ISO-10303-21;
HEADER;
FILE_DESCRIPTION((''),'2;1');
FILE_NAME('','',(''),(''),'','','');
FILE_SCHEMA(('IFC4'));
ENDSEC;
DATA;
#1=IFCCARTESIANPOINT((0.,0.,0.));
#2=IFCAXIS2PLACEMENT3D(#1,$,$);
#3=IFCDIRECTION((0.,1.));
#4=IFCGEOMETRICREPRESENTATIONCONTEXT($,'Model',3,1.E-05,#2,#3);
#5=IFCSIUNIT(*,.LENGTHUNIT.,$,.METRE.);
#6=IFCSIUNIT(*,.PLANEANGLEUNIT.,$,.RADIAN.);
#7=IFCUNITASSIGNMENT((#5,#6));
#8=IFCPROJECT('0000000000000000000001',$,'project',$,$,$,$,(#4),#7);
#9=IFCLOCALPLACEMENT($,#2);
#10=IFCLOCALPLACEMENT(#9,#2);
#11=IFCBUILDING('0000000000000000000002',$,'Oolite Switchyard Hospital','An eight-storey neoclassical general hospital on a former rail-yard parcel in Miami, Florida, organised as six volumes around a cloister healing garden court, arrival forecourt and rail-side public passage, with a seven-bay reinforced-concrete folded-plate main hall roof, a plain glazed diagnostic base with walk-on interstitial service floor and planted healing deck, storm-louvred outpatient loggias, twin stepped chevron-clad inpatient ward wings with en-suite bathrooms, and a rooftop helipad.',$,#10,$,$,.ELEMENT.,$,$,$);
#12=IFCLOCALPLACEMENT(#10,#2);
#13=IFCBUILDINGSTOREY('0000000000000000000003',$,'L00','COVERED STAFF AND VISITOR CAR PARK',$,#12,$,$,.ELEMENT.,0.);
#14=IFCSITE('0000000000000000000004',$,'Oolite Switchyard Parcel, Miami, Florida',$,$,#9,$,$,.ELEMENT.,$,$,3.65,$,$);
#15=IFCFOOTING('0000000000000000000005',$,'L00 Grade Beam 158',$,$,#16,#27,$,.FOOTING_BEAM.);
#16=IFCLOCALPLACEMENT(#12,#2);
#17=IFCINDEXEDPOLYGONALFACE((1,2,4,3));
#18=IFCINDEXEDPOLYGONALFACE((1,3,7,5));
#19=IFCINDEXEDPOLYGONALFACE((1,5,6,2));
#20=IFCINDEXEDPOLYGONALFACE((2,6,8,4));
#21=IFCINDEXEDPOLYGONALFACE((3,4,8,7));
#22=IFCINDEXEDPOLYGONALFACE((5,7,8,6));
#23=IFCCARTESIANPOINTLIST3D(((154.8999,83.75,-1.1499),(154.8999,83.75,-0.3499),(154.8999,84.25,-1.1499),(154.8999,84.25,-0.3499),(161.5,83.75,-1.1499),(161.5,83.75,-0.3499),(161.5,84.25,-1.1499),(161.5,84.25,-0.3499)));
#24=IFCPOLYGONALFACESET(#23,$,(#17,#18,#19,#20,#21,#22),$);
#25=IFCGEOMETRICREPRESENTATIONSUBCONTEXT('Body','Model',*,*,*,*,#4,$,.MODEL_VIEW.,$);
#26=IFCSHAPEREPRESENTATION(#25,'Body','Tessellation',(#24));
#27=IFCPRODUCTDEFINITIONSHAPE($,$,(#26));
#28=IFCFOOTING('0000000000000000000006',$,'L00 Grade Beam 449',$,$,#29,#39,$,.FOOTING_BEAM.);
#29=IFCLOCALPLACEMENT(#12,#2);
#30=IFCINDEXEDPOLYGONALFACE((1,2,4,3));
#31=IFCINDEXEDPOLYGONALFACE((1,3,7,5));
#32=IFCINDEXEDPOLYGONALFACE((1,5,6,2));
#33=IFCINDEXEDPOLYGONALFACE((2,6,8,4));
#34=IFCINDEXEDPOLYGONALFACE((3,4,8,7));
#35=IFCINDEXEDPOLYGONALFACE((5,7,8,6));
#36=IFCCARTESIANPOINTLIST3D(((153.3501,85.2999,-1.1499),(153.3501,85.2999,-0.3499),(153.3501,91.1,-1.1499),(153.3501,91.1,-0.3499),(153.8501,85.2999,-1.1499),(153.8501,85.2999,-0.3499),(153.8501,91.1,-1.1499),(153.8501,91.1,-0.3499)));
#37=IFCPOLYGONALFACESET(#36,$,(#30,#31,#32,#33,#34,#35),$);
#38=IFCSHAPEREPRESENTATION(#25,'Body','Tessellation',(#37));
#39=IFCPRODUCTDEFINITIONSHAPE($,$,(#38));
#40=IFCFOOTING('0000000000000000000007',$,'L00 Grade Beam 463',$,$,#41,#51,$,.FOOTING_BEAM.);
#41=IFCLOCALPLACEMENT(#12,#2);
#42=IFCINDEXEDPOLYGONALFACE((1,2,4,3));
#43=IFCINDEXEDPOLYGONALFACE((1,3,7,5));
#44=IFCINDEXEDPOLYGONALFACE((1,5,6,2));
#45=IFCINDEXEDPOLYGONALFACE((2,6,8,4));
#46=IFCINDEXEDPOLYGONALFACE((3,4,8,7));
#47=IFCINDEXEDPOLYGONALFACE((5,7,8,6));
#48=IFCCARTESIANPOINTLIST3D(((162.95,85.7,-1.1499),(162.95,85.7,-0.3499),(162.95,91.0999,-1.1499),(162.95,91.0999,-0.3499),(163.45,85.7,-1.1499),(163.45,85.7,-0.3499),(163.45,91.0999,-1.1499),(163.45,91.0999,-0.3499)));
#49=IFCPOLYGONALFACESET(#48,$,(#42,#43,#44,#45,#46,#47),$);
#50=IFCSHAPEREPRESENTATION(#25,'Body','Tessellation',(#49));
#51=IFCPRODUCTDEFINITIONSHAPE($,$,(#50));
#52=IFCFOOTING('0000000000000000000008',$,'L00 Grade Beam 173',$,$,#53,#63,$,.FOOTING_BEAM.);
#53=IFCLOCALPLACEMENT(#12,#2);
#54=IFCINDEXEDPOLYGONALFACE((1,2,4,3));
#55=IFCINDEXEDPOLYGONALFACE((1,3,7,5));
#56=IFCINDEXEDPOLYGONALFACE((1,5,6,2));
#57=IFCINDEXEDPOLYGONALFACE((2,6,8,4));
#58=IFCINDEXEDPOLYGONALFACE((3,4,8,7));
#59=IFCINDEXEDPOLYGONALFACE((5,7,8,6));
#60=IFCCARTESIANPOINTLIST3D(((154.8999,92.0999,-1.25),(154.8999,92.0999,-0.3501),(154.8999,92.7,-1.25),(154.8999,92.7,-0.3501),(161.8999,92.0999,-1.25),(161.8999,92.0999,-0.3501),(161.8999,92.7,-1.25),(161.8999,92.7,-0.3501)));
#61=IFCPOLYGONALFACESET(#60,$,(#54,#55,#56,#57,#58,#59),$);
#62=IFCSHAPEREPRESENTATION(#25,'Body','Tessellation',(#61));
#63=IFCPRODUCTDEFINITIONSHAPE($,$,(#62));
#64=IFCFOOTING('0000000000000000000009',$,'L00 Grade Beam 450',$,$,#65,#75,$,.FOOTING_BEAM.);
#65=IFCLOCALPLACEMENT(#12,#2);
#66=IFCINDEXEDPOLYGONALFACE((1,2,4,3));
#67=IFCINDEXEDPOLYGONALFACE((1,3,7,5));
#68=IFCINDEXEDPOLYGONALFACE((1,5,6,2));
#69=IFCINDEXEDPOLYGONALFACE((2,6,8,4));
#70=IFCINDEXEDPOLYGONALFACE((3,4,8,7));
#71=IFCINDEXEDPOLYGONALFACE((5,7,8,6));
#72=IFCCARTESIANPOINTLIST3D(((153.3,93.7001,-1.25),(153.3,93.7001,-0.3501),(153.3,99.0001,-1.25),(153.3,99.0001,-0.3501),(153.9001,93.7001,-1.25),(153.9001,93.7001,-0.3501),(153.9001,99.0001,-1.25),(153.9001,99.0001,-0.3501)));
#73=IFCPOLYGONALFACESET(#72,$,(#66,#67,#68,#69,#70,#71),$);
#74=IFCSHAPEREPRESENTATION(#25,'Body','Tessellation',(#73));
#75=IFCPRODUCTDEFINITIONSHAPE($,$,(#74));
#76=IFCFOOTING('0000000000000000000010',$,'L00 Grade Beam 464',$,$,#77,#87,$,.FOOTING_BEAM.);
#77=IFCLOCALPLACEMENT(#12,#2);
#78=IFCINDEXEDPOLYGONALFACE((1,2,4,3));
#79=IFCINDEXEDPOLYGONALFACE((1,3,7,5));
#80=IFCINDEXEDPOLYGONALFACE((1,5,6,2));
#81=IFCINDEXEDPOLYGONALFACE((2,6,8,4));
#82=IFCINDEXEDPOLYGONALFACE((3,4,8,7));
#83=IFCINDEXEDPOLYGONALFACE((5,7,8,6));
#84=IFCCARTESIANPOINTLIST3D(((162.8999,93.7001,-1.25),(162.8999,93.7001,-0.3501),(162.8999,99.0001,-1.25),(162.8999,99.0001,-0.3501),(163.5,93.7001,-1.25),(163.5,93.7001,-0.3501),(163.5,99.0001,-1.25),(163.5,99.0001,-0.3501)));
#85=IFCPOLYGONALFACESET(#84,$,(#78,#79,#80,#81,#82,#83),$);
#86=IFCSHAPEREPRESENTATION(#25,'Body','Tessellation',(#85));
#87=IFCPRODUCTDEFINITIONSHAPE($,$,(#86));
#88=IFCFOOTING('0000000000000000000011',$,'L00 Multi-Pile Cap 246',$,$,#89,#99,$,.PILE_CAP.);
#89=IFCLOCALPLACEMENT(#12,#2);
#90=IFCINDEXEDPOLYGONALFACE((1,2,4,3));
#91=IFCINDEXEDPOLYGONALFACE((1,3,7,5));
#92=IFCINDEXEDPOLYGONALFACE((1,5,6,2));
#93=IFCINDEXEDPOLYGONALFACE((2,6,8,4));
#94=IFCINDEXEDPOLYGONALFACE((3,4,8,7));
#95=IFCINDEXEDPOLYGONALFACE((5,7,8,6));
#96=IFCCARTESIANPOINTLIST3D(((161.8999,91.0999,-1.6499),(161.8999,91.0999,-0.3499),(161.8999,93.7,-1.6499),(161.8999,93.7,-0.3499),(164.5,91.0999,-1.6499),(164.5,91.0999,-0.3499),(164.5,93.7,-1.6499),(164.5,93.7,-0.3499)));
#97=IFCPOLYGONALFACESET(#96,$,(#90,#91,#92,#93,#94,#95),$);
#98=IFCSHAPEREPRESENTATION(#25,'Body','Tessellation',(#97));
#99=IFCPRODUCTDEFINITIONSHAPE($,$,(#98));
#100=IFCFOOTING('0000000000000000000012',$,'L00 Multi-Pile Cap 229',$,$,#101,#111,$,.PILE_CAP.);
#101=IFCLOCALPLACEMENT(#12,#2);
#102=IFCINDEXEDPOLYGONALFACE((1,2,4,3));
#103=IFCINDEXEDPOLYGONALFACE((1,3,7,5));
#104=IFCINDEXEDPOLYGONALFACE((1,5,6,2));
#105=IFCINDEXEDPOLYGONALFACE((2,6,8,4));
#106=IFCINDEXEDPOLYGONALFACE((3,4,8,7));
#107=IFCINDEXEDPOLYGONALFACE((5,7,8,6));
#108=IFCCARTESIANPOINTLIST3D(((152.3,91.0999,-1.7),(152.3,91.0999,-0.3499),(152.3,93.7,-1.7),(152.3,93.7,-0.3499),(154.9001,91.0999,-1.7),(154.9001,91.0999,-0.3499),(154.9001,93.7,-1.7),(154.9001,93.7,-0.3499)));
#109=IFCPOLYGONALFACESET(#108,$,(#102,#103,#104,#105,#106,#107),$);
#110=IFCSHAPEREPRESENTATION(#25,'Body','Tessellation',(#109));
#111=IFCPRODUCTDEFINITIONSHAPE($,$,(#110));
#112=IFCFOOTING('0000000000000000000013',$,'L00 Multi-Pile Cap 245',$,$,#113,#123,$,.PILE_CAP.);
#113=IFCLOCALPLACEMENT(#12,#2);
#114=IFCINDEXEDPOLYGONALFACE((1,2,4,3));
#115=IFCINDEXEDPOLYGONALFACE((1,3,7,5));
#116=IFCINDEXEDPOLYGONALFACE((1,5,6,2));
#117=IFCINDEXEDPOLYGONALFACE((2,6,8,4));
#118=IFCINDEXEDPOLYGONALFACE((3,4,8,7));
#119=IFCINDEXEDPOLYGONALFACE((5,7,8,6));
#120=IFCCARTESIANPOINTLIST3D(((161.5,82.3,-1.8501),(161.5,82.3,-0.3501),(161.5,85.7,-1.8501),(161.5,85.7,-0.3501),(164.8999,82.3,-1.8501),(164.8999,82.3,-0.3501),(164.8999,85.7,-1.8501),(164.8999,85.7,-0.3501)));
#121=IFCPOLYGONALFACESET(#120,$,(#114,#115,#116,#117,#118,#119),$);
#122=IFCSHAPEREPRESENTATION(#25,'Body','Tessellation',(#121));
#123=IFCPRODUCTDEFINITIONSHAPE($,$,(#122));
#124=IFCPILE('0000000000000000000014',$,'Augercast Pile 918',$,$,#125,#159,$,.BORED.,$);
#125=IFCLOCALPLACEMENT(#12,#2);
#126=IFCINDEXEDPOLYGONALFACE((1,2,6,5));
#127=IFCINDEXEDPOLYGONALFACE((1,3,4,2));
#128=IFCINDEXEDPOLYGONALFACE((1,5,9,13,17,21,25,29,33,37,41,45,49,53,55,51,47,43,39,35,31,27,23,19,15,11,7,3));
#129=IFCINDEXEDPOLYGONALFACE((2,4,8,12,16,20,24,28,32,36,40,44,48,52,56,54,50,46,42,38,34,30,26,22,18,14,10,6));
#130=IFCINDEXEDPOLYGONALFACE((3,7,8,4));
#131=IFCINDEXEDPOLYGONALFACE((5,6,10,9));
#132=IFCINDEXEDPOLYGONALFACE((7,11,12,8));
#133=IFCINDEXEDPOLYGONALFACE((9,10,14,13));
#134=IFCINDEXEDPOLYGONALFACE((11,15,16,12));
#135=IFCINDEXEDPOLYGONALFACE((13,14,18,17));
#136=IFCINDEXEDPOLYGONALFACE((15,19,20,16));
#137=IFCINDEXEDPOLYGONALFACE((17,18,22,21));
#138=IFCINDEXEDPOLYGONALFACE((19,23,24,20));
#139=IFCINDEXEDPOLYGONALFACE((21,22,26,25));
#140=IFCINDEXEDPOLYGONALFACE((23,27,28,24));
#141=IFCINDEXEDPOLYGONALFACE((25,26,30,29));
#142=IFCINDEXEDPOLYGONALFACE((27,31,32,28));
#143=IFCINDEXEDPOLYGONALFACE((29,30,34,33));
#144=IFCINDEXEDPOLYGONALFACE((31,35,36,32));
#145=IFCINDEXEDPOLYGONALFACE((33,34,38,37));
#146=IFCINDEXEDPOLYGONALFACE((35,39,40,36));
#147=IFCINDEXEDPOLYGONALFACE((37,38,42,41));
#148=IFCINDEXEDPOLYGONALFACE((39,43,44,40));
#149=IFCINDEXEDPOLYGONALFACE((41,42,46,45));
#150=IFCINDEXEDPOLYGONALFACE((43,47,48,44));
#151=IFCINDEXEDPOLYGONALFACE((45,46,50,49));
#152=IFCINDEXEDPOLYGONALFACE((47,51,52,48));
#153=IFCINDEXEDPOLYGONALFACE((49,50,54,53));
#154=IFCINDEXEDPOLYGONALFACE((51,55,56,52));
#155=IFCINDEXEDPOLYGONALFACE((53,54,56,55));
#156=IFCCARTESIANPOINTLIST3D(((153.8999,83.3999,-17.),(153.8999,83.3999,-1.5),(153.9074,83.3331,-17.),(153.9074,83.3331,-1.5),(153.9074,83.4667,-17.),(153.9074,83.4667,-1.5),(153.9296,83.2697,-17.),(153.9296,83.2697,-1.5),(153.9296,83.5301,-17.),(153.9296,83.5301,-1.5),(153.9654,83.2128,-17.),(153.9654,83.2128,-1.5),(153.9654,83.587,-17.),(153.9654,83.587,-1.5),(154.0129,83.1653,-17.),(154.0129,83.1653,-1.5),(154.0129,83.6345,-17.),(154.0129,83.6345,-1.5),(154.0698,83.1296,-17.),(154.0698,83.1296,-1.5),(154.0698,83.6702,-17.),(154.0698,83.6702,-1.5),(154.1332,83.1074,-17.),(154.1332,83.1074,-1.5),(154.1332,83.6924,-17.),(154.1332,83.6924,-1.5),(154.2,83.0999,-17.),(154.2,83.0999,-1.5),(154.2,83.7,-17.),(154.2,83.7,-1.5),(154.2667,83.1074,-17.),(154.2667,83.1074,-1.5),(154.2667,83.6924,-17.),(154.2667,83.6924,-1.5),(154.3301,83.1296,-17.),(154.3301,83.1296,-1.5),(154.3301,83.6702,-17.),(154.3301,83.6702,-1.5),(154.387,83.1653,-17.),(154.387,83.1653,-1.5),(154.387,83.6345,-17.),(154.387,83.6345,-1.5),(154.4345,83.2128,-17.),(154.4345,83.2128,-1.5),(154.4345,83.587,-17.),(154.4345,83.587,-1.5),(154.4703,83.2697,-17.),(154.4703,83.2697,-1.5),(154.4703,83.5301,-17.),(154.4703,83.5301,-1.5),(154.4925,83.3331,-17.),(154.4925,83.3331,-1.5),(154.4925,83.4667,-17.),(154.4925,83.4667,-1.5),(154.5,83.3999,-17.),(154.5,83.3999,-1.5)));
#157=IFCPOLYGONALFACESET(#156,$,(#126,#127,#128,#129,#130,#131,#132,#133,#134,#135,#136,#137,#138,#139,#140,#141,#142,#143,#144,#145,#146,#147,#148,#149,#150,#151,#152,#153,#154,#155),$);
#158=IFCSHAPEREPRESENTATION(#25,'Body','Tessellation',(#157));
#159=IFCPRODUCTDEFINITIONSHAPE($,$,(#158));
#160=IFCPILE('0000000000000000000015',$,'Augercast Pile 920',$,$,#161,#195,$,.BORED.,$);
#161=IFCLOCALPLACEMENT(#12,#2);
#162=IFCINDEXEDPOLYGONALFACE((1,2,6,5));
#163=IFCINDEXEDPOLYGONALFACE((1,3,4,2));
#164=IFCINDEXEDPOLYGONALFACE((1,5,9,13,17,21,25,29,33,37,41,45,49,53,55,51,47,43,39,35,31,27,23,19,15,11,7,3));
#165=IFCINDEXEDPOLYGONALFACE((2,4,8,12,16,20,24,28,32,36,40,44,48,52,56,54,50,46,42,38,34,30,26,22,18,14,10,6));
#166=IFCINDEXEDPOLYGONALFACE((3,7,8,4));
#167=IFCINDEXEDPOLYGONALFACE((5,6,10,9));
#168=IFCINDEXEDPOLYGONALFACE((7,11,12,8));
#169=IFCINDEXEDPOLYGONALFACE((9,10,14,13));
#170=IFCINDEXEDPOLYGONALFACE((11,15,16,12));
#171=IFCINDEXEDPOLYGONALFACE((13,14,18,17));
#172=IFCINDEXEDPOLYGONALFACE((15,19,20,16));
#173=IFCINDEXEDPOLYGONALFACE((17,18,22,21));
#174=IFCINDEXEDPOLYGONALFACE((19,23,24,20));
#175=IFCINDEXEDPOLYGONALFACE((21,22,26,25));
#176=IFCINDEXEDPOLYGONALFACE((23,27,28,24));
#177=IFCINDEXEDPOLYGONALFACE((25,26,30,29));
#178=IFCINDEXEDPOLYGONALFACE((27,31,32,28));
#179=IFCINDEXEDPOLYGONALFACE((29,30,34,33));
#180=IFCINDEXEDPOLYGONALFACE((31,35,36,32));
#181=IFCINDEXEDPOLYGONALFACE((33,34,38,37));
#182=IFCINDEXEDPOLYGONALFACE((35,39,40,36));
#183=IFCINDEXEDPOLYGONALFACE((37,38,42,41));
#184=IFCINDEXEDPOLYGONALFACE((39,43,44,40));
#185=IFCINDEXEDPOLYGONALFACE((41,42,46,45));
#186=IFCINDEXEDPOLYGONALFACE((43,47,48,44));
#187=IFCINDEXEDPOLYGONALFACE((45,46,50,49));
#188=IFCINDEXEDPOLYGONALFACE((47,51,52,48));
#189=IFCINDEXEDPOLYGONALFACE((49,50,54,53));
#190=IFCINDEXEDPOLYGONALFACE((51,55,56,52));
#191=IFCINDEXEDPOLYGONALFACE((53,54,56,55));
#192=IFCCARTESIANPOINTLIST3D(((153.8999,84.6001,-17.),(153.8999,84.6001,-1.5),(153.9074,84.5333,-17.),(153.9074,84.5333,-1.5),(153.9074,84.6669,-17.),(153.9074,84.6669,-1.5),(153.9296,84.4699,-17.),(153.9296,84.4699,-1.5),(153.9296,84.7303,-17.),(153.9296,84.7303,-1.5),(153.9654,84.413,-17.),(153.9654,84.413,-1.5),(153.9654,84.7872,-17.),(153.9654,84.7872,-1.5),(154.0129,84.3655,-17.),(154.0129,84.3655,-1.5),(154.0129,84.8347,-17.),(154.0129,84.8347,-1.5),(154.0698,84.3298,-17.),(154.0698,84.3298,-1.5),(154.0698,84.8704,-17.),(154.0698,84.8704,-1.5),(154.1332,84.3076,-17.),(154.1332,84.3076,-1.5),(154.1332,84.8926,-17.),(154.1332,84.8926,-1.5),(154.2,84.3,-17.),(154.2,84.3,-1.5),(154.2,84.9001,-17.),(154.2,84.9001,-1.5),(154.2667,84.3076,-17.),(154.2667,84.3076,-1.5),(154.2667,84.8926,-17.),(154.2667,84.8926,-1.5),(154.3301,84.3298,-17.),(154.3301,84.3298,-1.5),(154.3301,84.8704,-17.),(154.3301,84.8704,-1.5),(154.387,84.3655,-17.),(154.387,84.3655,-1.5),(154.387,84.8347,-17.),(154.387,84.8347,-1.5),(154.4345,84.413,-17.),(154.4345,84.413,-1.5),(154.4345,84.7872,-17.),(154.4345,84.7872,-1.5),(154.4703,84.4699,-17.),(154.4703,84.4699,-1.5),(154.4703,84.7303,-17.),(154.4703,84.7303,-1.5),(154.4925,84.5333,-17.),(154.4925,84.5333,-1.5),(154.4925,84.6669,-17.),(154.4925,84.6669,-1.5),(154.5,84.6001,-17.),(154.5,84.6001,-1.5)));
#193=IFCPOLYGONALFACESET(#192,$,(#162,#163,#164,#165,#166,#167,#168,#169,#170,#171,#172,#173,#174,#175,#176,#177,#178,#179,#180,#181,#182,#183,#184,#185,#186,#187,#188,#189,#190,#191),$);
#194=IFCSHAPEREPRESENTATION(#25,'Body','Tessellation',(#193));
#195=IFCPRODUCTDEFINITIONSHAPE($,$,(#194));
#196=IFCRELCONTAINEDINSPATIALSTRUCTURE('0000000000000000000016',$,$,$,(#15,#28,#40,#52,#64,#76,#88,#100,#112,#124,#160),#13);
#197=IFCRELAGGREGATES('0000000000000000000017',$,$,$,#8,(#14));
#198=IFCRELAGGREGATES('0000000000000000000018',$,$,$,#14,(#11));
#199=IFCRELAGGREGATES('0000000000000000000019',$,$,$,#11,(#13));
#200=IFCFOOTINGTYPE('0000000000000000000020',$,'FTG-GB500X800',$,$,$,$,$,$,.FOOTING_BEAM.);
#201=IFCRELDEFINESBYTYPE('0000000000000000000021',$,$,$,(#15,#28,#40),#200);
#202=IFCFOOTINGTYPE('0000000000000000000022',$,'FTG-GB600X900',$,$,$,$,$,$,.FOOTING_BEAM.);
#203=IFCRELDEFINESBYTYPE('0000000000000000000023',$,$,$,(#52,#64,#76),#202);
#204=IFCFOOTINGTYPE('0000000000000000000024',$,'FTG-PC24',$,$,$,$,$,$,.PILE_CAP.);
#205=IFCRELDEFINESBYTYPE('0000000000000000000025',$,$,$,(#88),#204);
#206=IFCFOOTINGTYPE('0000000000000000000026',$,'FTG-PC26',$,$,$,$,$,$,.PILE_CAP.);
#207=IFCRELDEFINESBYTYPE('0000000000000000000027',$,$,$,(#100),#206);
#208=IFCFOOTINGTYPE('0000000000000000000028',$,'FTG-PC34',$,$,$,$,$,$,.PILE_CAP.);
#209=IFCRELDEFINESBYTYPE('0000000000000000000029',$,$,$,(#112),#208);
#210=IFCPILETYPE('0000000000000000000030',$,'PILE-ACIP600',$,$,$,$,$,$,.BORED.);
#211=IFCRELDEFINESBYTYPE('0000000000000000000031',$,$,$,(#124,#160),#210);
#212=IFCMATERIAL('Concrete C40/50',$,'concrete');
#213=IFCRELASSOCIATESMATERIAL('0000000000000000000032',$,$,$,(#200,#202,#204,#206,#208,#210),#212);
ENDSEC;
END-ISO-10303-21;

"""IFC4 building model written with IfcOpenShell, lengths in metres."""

from ifc_helpers import new_model, si_unit, direction, frame, origin, origin_2d, place, context, subcontext, project, spatial, rectangle, circle, extrude, material, material_profile, profile_set, type_object, element, save


model = new_model("IFC4")

# Units and contexts
model_context = context("Model", 3, precision=1e-05, world=origin(), true_north=direction((0.0, 1.0)))
body_context = subcontext(model_context, "Body", "Model", "MODEL_VIEW")
ifc_project = project(units=[si_unit("LENGTHUNIT", "METRE"), si_unit("PLANEANGLEUNIT", "RADIAN")], contexts=[model_context])

# Site, building, storey
site_placement = place(None, origin())
site = spatial("IfcSite", under=ifc_project, at=site_placement, Name="Oolite Switchyard Parcel, Miami, Florida", CompositionType="ELEMENT", RefElevation=3.65)
building_placement = place(site_placement, origin())
building = spatial("IfcBuilding", under=site, at=building_placement, Name="Oolite Switchyard Hospital", Description="An eight-storey neoclassical general hospital on a former rail-yard parcel in Miami, Florida, organised as six volumes around a cloister healing garden court, arrival forecourt and rail-side public passage, with a seven-bay reinforced-concrete folded-plate main hall roof, a plain glazed diagnostic base with walk-on interstitial service floor and planted healing deck, storm-louvred outpatient loggias, twin stepped chevron-clad inpatient ward wings with en-suite bathrooms, and a rooftop helipad.", CompositionType="ELEMENT")
storey_placement = place(building_placement, origin())
storey = spatial("IfcBuildingStorey", under=building, at=storey_placement, Name="L00", Description="COVERED STAFF AND VISITOR CAR PARK", CompositionType="ELEMENT", Elevation=0.0)

# Footings
ifc_material_1 = material(Name="Concrete C40/50", Category="concrete")
footing_type_1 = type_object("IfcFootingType", Name="FTG-GB500X800", PredefinedType="FOOTING_BEAM", material=ifc_material_1)
footing_1_placement = place(storey_placement, frame((158.2, 84.0, -1.1499), z_axis=(0.0, 0.0, 1.0), x_axis=(1.0, 0.0, 0.0)))
element("IfcFooting", 1, at=footing_1_placement, inside=storey, type_object=footing_type_1, Name="L00 Grade Beam 158", PredefinedType="FOOTING_BEAM", context=body_context, shape_type="SweptSolid", body=[
    extrude(rectangle(XDim=6.6001, YDim=0.5, at=origin_2d()), origin(), (0.0, 0.0, 1.0), 0.8),
])
footing_2_placement = place(storey_placement, frame((153.6001, 88.2, -1.1499), z_axis=(0.0, 0.0, 1.0), x_axis=(0.0, 1.0, 0.0)))
element("IfcFooting", 2, at=footing_2_placement, inside=storey, type_object=footing_type_1, Name="L00 Grade Beam 449", PredefinedType="FOOTING_BEAM", context=body_context, shape_type="SweptSolid", body=[
    extrude(rectangle(XDim=5.8, YDim=0.5, at=origin_2d()), origin(), (0.0, 0.0, 1.0), 0.8),
])
footing_3_placement = place(storey_placement, frame((163.2, 88.3999, -1.1499), z_axis=(0.0, 0.0, 1.0), x_axis=(0.0, 1.0, 0.0)))
element("IfcFooting", 3, at=footing_3_placement, inside=storey, type_object=footing_type_1, Name="L00 Grade Beam 463", PredefinedType="FOOTING_BEAM", context=body_context, shape_type="SweptSolid", body=[
    extrude(rectangle(XDim=5.3999, YDim=0.5, at=origin_2d()), origin(), (0.0, 0.0, 1.0), 0.8),
])
footing_type_2 = type_object("IfcFootingType", Name="FTG-GB600X900", PredefinedType="FOOTING_BEAM", material=ifc_material_1)
footing_4_placement = place(storey_placement, frame((158.3999, 92.3999, -1.25), z_axis=(0.0, 0.0, 1.0), x_axis=(1.0, 0.0, 0.0)))
element("IfcFooting", 4, at=footing_4_placement, inside=storey, type_object=footing_type_2, Name="L00 Grade Beam 173", PredefinedType="FOOTING_BEAM", context=body_context, shape_type="SweptSolid", body=[
    extrude(rectangle(XDim=7.0, YDim=0.6001, at=origin_2d()), origin(), (0.0, 0.0, 1.0), 0.8999),
])
for number, where, z_axis, x_axis, name in (
    (5, (153.6001, 96.3501, -1.25), (0.0, 0.0, 1.0), (0.0, 1.0, 0.0), "L00 Grade Beam 450"),
    (6, (163.2, 96.3501, -1.25), (0.0, 0.0, 1.0), (0.0, 1.0, 0.0), "L00 Grade Beam 464"),
):
    element("IfcFooting", number, at=place(storey_placement, frame(where, z_axis=z_axis, x_axis=x_axis)), inside=storey, type_object=footing_type_2, Name=name, PredefinedType="FOOTING_BEAM", context=body_context, shape_type="SweptSolid", body=[
        extrude(rectangle(XDim=5.3, YDim=0.6001, at=origin_2d()), origin(), (0.0, 0.0, 1.0), 0.8999),
    ])
footing_type_3 = type_object("IfcFootingType", Name="FTG-PC24", PredefinedType="PILE_CAP", material=ifc_material_1)
footing_5_placement = place(storey_placement, frame((163.2, 92.3999, -1.6499), z_axis=(0.0, 0.0, 1.0), x_axis=(1.0, 0.0, 0.0)))
element("IfcFooting", 7, at=footing_5_placement, inside=storey, type_object=footing_type_3, Name="L00 Multi-Pile Cap 246", PredefinedType="PILE_CAP", context=body_context, shape_type="SweptSolid", body=[
    extrude(rectangle(XDim=2.6001, YDim=2.6001, at=origin_2d()), origin(), (0.0, 0.0, 1.0), 1.3),
])
footing_type_4 = type_object("IfcFootingType", Name="FTG-PC26", PredefinedType="PILE_CAP", material=ifc_material_1)
footing_6_placement = place(storey_placement, frame((153.6001, 92.3999, -1.7), z_axis=(0.0, 0.0, 1.0), x_axis=(1.0, 0.0, 0.0)))
element("IfcFooting", 8, at=footing_6_placement, inside=storey, type_object=footing_type_4, Name="L00 Multi-Pile Cap 229", PredefinedType="PILE_CAP", context=body_context, shape_type="SweptSolid", body=[
    extrude(rectangle(XDim=2.6001, YDim=2.6001, at=origin_2d()), origin(), (0.0, 0.0, 1.0), 1.3501),
])
footing_type_5 = type_object("IfcFootingType", Name="FTG-PC34", PredefinedType="PILE_CAP", material=ifc_material_1)
footing_7_placement = place(storey_placement, frame((163.2, 84.0, -1.8501), z_axis=(0.0, 0.0, 1.0), x_axis=(1.0, 0.0, 0.0)))
element("IfcFooting", 9, at=footing_7_placement, inside=storey, type_object=footing_type_5, Name="L00 Multi-Pile Cap 245", PredefinedType="PILE_CAP", context=body_context, shape_type="SweptSolid", body=[
    extrude(rectangle(XDim=3.3999, YDim=3.3999, at=origin_2d()), origin(), (0.0, 0.0, 1.0), 1.5),
])

# Piles
ifc_material_profile_1 = material_profile(ifc_material_1, circle(Radius=0.3, at=origin_2d()), Name="PILE600")
ifc_profile_set_1 = profile_set([ifc_material_profile_1], Name="Concrete C40/50")
pile_type = type_object("IfcPileType", Name="PILE-ACIP600", PredefinedType="BORED", material=ifc_profile_set_1)
for number, where, z_axis, x_axis, name in (
    (10, (154.2, 83.3999, -1.5), (0.0, 0.0, -1.0), (1.0, 0.0, 0.0), "Augercast Pile 918"),
    (11, (154.2, 84.6001, -1.5), (0.0, 0.0, -1.0), (1.0, 0.0, 0.0), "Augercast Pile 920"),
):
    element("IfcPile", number, at=place(storey_placement, frame(where, z_axis=z_axis, x_axis=x_axis)), inside=storey, type_object=pile_type, Name=name, PredefinedType="BORED", context=body_context, shape_type="SweptSolid", body=[
        extrude(circle(Radius=0.3, at=origin_2d()), origin(), (0.0, 0.0, 1.0), 15.5),
    ])

save(model, "model.ifc")
